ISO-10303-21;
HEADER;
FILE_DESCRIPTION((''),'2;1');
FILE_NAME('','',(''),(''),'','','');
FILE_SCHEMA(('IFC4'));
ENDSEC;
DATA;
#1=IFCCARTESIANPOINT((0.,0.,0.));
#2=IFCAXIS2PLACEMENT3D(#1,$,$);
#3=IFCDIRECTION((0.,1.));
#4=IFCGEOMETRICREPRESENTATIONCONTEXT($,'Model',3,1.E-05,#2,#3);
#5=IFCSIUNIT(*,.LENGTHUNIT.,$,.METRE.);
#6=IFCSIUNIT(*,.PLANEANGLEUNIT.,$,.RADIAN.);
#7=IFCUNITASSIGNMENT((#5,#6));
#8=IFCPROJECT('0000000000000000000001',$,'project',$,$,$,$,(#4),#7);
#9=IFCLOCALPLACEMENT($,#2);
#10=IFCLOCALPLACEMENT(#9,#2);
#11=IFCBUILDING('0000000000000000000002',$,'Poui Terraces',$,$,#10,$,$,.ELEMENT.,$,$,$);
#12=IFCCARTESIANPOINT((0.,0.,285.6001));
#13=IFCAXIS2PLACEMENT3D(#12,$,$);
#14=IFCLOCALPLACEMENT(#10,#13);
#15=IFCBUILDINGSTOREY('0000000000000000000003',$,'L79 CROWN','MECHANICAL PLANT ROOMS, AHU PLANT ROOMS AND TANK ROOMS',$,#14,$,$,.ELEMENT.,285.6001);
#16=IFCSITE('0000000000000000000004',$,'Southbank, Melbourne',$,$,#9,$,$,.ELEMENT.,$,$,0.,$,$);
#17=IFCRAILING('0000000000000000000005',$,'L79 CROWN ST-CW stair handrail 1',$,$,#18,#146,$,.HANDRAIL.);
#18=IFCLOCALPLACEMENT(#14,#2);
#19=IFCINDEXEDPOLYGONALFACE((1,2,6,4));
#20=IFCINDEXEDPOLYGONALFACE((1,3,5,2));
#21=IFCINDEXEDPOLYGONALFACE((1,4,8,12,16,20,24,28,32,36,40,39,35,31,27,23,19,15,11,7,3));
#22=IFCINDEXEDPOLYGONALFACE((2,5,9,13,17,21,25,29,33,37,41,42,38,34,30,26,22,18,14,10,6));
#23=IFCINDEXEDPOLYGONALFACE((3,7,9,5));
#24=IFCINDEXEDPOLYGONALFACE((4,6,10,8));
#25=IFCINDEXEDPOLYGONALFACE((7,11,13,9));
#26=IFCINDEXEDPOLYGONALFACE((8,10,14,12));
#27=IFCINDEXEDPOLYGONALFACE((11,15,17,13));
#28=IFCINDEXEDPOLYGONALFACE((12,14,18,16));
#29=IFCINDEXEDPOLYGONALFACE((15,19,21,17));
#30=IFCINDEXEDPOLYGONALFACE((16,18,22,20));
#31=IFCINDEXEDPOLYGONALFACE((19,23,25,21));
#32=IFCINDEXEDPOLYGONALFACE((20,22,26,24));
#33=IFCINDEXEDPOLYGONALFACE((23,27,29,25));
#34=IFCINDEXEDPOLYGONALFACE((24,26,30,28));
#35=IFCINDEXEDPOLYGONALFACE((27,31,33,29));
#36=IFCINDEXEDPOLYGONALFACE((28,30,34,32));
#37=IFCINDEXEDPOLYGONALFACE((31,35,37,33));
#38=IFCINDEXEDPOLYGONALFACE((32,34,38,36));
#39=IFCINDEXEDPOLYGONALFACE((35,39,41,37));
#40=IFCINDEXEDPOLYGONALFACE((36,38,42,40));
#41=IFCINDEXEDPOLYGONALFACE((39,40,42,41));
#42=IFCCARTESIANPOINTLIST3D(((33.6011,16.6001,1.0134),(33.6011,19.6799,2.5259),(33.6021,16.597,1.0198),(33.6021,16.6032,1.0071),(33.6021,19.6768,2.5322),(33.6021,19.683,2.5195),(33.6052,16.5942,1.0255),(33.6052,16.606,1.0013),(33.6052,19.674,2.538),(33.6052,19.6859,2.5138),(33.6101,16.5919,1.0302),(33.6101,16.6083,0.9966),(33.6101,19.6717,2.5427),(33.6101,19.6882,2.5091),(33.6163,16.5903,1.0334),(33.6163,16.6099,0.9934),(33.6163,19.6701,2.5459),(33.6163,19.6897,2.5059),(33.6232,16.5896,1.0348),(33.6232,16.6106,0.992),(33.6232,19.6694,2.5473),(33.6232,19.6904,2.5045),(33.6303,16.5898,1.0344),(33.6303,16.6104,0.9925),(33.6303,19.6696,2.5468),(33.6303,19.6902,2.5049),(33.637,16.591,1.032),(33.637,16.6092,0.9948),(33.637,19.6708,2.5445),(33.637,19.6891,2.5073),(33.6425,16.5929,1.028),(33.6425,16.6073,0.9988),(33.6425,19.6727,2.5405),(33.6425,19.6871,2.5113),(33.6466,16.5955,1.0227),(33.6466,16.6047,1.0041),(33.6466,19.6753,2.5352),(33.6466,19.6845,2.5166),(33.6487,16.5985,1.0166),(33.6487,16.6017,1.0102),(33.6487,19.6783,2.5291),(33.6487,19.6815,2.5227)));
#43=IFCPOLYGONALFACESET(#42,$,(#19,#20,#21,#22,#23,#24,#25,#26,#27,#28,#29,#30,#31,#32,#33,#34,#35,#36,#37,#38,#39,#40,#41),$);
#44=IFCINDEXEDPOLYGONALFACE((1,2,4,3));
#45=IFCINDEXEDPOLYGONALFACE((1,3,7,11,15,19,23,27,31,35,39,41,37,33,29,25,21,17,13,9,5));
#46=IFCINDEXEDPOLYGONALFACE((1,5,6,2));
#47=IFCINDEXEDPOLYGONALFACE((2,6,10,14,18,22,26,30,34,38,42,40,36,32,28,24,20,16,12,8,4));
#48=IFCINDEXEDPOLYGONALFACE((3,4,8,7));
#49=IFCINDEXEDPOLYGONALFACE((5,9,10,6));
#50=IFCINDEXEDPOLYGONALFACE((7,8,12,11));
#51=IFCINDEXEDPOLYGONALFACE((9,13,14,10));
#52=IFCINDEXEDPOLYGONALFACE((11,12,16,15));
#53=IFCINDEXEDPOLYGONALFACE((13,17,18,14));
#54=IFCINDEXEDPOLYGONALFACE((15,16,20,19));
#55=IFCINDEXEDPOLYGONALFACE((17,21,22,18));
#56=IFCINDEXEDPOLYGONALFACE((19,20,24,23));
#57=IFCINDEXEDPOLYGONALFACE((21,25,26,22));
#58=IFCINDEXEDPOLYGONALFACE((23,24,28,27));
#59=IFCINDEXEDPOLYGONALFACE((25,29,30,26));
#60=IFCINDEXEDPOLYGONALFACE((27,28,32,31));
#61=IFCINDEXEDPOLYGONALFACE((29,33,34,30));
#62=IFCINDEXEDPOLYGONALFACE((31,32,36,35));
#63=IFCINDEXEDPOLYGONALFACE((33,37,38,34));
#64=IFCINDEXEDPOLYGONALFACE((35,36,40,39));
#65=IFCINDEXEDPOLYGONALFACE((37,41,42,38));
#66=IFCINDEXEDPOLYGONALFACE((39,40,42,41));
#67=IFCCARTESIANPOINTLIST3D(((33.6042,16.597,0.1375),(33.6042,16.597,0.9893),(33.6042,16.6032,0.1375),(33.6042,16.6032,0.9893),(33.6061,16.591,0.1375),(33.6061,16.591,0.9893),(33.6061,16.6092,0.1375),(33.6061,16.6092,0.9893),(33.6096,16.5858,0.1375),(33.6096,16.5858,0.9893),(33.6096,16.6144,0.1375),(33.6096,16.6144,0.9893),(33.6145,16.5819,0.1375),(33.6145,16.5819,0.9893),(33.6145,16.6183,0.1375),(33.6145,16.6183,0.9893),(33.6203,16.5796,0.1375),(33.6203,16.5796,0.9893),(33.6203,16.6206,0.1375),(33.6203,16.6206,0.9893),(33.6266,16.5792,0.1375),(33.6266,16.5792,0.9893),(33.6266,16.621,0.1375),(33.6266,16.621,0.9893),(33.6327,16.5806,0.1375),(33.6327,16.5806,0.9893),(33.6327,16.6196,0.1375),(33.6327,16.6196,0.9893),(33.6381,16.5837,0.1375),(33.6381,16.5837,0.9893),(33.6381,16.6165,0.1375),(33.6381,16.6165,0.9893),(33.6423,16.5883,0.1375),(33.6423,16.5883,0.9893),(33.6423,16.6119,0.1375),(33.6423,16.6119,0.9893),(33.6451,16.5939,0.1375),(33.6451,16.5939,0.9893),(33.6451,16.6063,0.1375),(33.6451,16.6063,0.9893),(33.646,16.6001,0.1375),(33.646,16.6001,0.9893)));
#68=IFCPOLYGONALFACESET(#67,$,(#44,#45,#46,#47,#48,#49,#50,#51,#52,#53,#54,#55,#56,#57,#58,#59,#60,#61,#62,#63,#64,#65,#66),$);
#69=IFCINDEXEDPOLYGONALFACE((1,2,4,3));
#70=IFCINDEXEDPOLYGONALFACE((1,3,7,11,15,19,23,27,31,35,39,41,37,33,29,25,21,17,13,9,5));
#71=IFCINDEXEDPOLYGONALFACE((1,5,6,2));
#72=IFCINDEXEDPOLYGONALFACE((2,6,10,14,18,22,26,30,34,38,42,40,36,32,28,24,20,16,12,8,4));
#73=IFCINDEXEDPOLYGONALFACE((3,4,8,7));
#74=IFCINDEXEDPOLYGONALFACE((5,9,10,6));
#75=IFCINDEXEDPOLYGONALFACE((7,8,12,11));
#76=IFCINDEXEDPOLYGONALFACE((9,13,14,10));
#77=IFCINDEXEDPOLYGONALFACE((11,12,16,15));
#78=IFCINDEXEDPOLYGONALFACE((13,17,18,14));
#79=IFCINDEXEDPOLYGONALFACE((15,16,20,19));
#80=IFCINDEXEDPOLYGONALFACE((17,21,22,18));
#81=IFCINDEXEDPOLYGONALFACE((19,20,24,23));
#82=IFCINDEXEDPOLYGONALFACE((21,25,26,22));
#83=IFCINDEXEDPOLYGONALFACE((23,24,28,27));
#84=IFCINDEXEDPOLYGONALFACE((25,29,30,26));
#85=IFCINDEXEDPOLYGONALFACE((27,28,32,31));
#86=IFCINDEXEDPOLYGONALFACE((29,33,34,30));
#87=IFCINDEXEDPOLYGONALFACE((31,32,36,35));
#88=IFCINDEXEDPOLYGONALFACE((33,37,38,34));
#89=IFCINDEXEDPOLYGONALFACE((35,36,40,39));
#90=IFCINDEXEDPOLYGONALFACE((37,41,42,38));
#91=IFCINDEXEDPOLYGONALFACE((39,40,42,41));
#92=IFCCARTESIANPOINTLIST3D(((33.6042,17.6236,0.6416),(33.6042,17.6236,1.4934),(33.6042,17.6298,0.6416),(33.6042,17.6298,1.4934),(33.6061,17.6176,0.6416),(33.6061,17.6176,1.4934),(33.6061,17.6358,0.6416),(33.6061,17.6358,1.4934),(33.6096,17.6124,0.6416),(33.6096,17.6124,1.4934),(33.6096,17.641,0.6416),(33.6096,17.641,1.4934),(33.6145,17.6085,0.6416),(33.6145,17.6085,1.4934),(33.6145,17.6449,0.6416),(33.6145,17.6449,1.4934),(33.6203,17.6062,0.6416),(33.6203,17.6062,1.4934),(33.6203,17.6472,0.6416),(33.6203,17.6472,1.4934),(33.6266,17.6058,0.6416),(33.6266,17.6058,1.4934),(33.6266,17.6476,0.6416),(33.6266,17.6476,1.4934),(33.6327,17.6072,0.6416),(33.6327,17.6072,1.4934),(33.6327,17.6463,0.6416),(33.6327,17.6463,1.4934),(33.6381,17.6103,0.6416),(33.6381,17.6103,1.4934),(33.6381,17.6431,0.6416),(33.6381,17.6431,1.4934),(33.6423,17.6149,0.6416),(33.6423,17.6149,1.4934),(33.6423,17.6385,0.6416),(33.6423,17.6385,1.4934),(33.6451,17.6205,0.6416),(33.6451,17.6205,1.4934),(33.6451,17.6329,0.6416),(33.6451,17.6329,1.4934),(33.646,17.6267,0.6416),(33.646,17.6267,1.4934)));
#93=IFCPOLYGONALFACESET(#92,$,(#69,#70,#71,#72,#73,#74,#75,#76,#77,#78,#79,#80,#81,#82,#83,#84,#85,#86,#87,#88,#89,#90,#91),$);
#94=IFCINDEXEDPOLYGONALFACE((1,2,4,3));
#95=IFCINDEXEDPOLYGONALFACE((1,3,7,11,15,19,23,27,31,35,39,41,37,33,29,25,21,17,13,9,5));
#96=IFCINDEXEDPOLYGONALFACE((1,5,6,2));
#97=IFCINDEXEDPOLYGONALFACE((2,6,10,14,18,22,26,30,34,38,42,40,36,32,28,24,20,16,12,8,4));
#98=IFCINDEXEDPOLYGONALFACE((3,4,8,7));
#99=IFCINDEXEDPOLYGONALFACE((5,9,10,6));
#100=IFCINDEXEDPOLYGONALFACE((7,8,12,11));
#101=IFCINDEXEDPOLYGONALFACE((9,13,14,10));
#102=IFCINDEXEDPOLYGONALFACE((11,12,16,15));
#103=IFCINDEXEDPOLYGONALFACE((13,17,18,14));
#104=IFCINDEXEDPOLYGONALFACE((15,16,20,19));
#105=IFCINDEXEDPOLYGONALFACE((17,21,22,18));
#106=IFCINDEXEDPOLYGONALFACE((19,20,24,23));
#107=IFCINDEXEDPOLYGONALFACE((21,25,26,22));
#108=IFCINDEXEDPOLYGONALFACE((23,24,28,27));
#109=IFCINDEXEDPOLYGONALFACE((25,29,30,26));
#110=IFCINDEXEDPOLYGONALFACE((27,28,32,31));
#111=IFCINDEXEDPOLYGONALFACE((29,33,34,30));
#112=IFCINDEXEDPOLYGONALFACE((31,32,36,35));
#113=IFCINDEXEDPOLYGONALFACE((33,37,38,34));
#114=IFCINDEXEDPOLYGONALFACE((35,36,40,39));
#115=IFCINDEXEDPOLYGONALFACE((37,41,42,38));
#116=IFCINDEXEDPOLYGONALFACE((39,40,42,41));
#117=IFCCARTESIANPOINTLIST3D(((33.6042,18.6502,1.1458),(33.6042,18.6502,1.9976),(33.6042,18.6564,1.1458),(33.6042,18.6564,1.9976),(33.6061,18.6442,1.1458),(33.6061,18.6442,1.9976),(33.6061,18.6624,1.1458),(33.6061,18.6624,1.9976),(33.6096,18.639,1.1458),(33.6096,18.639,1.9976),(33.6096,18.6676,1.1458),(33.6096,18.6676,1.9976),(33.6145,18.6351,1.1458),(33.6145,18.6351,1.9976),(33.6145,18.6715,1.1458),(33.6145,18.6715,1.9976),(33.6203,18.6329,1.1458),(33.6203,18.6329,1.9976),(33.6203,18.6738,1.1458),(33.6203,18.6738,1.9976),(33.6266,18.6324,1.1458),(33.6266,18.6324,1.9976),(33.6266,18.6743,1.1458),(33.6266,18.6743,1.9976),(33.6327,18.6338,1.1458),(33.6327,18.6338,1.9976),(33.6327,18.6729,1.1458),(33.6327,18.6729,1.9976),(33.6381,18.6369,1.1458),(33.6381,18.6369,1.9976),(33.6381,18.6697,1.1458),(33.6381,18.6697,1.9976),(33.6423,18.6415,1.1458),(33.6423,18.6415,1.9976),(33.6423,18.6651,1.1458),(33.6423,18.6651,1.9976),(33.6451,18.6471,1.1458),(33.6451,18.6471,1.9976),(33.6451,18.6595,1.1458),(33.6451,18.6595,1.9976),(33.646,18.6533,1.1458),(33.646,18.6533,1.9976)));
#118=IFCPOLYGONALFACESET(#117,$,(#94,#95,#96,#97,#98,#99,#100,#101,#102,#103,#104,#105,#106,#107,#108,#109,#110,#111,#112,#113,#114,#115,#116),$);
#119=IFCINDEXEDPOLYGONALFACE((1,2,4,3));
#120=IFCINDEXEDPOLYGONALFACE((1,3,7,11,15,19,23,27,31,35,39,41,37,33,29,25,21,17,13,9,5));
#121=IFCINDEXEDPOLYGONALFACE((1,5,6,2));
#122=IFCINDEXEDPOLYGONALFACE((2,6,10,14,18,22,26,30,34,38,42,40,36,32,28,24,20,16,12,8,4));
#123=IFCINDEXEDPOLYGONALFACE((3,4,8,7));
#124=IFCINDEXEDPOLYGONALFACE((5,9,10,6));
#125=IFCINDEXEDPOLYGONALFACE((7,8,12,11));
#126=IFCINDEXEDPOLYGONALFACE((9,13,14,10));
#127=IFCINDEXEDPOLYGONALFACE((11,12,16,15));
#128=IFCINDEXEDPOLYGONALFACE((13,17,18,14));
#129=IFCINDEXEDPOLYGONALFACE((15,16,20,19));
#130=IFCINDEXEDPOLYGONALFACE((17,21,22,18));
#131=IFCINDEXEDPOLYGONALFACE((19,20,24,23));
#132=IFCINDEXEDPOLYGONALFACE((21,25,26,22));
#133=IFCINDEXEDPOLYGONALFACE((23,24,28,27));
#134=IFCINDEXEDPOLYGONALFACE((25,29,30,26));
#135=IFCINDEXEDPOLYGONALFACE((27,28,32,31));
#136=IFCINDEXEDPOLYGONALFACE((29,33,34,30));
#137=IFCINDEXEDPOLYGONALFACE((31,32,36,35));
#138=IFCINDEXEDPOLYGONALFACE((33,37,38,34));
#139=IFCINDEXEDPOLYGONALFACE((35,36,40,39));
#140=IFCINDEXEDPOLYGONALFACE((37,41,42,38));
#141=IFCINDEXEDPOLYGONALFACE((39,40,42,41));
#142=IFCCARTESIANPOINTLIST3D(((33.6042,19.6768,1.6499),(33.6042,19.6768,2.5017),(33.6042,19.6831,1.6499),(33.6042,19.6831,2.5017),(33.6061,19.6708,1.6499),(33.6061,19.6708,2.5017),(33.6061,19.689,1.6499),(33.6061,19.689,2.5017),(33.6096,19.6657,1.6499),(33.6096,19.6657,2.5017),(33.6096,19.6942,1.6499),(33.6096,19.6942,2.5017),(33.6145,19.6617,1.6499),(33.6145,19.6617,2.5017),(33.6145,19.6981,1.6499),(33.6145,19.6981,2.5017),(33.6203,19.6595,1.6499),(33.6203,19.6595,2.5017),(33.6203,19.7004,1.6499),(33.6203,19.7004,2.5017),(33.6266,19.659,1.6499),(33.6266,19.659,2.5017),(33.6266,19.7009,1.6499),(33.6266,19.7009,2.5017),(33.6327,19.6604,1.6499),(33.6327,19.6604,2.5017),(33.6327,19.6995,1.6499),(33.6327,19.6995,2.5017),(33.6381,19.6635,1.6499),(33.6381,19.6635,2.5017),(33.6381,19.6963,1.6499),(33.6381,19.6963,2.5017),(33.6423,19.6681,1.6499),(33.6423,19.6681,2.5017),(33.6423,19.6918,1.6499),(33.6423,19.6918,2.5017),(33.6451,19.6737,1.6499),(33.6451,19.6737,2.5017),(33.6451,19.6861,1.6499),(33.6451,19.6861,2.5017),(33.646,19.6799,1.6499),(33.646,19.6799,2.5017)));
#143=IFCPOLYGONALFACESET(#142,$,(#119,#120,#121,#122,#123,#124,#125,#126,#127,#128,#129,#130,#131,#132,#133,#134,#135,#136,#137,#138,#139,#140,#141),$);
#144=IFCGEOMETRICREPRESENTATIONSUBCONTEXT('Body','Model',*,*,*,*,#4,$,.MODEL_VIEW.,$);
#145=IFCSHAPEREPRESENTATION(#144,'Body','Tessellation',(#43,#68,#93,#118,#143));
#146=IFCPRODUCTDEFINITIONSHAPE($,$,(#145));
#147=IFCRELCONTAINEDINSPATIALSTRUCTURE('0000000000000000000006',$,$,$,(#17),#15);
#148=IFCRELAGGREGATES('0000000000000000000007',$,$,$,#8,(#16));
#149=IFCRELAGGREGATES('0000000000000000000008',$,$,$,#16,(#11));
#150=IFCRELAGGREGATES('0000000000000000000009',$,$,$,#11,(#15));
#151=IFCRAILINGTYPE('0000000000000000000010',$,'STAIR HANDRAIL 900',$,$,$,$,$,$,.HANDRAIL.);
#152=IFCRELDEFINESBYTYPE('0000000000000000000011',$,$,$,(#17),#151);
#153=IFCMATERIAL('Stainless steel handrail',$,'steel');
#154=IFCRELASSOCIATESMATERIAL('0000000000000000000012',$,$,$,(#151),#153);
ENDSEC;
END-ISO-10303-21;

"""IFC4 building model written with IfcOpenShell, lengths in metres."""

from ifc_helpers import new_model, si_unit, direction, frame, origin, origin_2d, place, context, subcontext, project, spatial, circle, extrude, material, type_object, element, save


model = new_model("IFC4")

# Units and contexts
model_context = context("Model", 3, precision=1e-05, world=origin(), true_north=direction((0.0, 1.0)))
body_context = subcontext(model_context, "Body", "Model", "MODEL_VIEW")
ifc_project = project(units=[si_unit("LENGTHUNIT", "METRE"), si_unit("PLANEANGLEUNIT", "RADIAN")], contexts=[model_context])

# Site, building, storey
site_placement = place(None, origin())
site = spatial("IfcSite", under=ifc_project, at=site_placement, Name="Southbank, Melbourne", CompositionType="ELEMENT", RefElevation=0.0)
building_placement = place(site_placement, origin())
building = spatial("IfcBuilding", under=site, at=building_placement, Name="Poui Terraces", CompositionType="ELEMENT")
storey_placement = place(building_placement, frame((0.0, 0.0, 285.6001)))
storey = spatial("IfcBuildingStorey", under=building, at=storey_placement, Name="L79 CROWN", Description="MECHANICAL PLANT ROOMS, AHU PLANT ROOMS AND TANK ROOMS", CompositionType="ELEMENT", Elevation=285.6001)

# Railing
ifc_material_1 = material(Name="Stainless steel handrail", Category="steel")
railing_type_1 = type_object("IfcRailingType", Name="STAIR HANDRAIL 900", PredefinedType="HANDRAIL", material=ifc_material_1)
railing_1_placement = place(storey_placement, frame((33.625, 16.6001, 0.1375)))
element("IfcRailing", 1, at=railing_1_placement, inside=storey, type_object=railing_type_1, Name="L79 CROWN ST-CW stair handrail 1", PredefinedType="HANDRAIL", context=body_context, shape_type="SweptSolid", body=[
    extrude(circle(Radius=0.0239, at=origin_2d()), frame((0.0, 0.0, 0.876), z_axis=(0.0, 0.897606, 0.440798), x_axis=(-1.0, 0.0, 0.0)), (0.0, 0.0, 1.0), 3.4312),
    extrude(circle(Radius=0.021, at=origin_2d()), origin(), (0.0, 0.0, 1.0), 0.8518),
    extrude(circle(Radius=0.021, at=origin_2d()), frame((0.0, 1.0266, 0.5042)), (0.0, 0.0, 1.0), 0.8518),
    extrude(circle(Radius=0.021, at=origin_2d()), frame((0.0, 2.0532, 1.0083)), (0.0, 0.0, 1.0), 0.8518),
    extrude(circle(Radius=0.021, at=origin_2d()), frame((0.0, 3.0798, 1.5125)), (0.0, 0.0, 1.0), 0.8518),
])

save(model, "model.ifc")
